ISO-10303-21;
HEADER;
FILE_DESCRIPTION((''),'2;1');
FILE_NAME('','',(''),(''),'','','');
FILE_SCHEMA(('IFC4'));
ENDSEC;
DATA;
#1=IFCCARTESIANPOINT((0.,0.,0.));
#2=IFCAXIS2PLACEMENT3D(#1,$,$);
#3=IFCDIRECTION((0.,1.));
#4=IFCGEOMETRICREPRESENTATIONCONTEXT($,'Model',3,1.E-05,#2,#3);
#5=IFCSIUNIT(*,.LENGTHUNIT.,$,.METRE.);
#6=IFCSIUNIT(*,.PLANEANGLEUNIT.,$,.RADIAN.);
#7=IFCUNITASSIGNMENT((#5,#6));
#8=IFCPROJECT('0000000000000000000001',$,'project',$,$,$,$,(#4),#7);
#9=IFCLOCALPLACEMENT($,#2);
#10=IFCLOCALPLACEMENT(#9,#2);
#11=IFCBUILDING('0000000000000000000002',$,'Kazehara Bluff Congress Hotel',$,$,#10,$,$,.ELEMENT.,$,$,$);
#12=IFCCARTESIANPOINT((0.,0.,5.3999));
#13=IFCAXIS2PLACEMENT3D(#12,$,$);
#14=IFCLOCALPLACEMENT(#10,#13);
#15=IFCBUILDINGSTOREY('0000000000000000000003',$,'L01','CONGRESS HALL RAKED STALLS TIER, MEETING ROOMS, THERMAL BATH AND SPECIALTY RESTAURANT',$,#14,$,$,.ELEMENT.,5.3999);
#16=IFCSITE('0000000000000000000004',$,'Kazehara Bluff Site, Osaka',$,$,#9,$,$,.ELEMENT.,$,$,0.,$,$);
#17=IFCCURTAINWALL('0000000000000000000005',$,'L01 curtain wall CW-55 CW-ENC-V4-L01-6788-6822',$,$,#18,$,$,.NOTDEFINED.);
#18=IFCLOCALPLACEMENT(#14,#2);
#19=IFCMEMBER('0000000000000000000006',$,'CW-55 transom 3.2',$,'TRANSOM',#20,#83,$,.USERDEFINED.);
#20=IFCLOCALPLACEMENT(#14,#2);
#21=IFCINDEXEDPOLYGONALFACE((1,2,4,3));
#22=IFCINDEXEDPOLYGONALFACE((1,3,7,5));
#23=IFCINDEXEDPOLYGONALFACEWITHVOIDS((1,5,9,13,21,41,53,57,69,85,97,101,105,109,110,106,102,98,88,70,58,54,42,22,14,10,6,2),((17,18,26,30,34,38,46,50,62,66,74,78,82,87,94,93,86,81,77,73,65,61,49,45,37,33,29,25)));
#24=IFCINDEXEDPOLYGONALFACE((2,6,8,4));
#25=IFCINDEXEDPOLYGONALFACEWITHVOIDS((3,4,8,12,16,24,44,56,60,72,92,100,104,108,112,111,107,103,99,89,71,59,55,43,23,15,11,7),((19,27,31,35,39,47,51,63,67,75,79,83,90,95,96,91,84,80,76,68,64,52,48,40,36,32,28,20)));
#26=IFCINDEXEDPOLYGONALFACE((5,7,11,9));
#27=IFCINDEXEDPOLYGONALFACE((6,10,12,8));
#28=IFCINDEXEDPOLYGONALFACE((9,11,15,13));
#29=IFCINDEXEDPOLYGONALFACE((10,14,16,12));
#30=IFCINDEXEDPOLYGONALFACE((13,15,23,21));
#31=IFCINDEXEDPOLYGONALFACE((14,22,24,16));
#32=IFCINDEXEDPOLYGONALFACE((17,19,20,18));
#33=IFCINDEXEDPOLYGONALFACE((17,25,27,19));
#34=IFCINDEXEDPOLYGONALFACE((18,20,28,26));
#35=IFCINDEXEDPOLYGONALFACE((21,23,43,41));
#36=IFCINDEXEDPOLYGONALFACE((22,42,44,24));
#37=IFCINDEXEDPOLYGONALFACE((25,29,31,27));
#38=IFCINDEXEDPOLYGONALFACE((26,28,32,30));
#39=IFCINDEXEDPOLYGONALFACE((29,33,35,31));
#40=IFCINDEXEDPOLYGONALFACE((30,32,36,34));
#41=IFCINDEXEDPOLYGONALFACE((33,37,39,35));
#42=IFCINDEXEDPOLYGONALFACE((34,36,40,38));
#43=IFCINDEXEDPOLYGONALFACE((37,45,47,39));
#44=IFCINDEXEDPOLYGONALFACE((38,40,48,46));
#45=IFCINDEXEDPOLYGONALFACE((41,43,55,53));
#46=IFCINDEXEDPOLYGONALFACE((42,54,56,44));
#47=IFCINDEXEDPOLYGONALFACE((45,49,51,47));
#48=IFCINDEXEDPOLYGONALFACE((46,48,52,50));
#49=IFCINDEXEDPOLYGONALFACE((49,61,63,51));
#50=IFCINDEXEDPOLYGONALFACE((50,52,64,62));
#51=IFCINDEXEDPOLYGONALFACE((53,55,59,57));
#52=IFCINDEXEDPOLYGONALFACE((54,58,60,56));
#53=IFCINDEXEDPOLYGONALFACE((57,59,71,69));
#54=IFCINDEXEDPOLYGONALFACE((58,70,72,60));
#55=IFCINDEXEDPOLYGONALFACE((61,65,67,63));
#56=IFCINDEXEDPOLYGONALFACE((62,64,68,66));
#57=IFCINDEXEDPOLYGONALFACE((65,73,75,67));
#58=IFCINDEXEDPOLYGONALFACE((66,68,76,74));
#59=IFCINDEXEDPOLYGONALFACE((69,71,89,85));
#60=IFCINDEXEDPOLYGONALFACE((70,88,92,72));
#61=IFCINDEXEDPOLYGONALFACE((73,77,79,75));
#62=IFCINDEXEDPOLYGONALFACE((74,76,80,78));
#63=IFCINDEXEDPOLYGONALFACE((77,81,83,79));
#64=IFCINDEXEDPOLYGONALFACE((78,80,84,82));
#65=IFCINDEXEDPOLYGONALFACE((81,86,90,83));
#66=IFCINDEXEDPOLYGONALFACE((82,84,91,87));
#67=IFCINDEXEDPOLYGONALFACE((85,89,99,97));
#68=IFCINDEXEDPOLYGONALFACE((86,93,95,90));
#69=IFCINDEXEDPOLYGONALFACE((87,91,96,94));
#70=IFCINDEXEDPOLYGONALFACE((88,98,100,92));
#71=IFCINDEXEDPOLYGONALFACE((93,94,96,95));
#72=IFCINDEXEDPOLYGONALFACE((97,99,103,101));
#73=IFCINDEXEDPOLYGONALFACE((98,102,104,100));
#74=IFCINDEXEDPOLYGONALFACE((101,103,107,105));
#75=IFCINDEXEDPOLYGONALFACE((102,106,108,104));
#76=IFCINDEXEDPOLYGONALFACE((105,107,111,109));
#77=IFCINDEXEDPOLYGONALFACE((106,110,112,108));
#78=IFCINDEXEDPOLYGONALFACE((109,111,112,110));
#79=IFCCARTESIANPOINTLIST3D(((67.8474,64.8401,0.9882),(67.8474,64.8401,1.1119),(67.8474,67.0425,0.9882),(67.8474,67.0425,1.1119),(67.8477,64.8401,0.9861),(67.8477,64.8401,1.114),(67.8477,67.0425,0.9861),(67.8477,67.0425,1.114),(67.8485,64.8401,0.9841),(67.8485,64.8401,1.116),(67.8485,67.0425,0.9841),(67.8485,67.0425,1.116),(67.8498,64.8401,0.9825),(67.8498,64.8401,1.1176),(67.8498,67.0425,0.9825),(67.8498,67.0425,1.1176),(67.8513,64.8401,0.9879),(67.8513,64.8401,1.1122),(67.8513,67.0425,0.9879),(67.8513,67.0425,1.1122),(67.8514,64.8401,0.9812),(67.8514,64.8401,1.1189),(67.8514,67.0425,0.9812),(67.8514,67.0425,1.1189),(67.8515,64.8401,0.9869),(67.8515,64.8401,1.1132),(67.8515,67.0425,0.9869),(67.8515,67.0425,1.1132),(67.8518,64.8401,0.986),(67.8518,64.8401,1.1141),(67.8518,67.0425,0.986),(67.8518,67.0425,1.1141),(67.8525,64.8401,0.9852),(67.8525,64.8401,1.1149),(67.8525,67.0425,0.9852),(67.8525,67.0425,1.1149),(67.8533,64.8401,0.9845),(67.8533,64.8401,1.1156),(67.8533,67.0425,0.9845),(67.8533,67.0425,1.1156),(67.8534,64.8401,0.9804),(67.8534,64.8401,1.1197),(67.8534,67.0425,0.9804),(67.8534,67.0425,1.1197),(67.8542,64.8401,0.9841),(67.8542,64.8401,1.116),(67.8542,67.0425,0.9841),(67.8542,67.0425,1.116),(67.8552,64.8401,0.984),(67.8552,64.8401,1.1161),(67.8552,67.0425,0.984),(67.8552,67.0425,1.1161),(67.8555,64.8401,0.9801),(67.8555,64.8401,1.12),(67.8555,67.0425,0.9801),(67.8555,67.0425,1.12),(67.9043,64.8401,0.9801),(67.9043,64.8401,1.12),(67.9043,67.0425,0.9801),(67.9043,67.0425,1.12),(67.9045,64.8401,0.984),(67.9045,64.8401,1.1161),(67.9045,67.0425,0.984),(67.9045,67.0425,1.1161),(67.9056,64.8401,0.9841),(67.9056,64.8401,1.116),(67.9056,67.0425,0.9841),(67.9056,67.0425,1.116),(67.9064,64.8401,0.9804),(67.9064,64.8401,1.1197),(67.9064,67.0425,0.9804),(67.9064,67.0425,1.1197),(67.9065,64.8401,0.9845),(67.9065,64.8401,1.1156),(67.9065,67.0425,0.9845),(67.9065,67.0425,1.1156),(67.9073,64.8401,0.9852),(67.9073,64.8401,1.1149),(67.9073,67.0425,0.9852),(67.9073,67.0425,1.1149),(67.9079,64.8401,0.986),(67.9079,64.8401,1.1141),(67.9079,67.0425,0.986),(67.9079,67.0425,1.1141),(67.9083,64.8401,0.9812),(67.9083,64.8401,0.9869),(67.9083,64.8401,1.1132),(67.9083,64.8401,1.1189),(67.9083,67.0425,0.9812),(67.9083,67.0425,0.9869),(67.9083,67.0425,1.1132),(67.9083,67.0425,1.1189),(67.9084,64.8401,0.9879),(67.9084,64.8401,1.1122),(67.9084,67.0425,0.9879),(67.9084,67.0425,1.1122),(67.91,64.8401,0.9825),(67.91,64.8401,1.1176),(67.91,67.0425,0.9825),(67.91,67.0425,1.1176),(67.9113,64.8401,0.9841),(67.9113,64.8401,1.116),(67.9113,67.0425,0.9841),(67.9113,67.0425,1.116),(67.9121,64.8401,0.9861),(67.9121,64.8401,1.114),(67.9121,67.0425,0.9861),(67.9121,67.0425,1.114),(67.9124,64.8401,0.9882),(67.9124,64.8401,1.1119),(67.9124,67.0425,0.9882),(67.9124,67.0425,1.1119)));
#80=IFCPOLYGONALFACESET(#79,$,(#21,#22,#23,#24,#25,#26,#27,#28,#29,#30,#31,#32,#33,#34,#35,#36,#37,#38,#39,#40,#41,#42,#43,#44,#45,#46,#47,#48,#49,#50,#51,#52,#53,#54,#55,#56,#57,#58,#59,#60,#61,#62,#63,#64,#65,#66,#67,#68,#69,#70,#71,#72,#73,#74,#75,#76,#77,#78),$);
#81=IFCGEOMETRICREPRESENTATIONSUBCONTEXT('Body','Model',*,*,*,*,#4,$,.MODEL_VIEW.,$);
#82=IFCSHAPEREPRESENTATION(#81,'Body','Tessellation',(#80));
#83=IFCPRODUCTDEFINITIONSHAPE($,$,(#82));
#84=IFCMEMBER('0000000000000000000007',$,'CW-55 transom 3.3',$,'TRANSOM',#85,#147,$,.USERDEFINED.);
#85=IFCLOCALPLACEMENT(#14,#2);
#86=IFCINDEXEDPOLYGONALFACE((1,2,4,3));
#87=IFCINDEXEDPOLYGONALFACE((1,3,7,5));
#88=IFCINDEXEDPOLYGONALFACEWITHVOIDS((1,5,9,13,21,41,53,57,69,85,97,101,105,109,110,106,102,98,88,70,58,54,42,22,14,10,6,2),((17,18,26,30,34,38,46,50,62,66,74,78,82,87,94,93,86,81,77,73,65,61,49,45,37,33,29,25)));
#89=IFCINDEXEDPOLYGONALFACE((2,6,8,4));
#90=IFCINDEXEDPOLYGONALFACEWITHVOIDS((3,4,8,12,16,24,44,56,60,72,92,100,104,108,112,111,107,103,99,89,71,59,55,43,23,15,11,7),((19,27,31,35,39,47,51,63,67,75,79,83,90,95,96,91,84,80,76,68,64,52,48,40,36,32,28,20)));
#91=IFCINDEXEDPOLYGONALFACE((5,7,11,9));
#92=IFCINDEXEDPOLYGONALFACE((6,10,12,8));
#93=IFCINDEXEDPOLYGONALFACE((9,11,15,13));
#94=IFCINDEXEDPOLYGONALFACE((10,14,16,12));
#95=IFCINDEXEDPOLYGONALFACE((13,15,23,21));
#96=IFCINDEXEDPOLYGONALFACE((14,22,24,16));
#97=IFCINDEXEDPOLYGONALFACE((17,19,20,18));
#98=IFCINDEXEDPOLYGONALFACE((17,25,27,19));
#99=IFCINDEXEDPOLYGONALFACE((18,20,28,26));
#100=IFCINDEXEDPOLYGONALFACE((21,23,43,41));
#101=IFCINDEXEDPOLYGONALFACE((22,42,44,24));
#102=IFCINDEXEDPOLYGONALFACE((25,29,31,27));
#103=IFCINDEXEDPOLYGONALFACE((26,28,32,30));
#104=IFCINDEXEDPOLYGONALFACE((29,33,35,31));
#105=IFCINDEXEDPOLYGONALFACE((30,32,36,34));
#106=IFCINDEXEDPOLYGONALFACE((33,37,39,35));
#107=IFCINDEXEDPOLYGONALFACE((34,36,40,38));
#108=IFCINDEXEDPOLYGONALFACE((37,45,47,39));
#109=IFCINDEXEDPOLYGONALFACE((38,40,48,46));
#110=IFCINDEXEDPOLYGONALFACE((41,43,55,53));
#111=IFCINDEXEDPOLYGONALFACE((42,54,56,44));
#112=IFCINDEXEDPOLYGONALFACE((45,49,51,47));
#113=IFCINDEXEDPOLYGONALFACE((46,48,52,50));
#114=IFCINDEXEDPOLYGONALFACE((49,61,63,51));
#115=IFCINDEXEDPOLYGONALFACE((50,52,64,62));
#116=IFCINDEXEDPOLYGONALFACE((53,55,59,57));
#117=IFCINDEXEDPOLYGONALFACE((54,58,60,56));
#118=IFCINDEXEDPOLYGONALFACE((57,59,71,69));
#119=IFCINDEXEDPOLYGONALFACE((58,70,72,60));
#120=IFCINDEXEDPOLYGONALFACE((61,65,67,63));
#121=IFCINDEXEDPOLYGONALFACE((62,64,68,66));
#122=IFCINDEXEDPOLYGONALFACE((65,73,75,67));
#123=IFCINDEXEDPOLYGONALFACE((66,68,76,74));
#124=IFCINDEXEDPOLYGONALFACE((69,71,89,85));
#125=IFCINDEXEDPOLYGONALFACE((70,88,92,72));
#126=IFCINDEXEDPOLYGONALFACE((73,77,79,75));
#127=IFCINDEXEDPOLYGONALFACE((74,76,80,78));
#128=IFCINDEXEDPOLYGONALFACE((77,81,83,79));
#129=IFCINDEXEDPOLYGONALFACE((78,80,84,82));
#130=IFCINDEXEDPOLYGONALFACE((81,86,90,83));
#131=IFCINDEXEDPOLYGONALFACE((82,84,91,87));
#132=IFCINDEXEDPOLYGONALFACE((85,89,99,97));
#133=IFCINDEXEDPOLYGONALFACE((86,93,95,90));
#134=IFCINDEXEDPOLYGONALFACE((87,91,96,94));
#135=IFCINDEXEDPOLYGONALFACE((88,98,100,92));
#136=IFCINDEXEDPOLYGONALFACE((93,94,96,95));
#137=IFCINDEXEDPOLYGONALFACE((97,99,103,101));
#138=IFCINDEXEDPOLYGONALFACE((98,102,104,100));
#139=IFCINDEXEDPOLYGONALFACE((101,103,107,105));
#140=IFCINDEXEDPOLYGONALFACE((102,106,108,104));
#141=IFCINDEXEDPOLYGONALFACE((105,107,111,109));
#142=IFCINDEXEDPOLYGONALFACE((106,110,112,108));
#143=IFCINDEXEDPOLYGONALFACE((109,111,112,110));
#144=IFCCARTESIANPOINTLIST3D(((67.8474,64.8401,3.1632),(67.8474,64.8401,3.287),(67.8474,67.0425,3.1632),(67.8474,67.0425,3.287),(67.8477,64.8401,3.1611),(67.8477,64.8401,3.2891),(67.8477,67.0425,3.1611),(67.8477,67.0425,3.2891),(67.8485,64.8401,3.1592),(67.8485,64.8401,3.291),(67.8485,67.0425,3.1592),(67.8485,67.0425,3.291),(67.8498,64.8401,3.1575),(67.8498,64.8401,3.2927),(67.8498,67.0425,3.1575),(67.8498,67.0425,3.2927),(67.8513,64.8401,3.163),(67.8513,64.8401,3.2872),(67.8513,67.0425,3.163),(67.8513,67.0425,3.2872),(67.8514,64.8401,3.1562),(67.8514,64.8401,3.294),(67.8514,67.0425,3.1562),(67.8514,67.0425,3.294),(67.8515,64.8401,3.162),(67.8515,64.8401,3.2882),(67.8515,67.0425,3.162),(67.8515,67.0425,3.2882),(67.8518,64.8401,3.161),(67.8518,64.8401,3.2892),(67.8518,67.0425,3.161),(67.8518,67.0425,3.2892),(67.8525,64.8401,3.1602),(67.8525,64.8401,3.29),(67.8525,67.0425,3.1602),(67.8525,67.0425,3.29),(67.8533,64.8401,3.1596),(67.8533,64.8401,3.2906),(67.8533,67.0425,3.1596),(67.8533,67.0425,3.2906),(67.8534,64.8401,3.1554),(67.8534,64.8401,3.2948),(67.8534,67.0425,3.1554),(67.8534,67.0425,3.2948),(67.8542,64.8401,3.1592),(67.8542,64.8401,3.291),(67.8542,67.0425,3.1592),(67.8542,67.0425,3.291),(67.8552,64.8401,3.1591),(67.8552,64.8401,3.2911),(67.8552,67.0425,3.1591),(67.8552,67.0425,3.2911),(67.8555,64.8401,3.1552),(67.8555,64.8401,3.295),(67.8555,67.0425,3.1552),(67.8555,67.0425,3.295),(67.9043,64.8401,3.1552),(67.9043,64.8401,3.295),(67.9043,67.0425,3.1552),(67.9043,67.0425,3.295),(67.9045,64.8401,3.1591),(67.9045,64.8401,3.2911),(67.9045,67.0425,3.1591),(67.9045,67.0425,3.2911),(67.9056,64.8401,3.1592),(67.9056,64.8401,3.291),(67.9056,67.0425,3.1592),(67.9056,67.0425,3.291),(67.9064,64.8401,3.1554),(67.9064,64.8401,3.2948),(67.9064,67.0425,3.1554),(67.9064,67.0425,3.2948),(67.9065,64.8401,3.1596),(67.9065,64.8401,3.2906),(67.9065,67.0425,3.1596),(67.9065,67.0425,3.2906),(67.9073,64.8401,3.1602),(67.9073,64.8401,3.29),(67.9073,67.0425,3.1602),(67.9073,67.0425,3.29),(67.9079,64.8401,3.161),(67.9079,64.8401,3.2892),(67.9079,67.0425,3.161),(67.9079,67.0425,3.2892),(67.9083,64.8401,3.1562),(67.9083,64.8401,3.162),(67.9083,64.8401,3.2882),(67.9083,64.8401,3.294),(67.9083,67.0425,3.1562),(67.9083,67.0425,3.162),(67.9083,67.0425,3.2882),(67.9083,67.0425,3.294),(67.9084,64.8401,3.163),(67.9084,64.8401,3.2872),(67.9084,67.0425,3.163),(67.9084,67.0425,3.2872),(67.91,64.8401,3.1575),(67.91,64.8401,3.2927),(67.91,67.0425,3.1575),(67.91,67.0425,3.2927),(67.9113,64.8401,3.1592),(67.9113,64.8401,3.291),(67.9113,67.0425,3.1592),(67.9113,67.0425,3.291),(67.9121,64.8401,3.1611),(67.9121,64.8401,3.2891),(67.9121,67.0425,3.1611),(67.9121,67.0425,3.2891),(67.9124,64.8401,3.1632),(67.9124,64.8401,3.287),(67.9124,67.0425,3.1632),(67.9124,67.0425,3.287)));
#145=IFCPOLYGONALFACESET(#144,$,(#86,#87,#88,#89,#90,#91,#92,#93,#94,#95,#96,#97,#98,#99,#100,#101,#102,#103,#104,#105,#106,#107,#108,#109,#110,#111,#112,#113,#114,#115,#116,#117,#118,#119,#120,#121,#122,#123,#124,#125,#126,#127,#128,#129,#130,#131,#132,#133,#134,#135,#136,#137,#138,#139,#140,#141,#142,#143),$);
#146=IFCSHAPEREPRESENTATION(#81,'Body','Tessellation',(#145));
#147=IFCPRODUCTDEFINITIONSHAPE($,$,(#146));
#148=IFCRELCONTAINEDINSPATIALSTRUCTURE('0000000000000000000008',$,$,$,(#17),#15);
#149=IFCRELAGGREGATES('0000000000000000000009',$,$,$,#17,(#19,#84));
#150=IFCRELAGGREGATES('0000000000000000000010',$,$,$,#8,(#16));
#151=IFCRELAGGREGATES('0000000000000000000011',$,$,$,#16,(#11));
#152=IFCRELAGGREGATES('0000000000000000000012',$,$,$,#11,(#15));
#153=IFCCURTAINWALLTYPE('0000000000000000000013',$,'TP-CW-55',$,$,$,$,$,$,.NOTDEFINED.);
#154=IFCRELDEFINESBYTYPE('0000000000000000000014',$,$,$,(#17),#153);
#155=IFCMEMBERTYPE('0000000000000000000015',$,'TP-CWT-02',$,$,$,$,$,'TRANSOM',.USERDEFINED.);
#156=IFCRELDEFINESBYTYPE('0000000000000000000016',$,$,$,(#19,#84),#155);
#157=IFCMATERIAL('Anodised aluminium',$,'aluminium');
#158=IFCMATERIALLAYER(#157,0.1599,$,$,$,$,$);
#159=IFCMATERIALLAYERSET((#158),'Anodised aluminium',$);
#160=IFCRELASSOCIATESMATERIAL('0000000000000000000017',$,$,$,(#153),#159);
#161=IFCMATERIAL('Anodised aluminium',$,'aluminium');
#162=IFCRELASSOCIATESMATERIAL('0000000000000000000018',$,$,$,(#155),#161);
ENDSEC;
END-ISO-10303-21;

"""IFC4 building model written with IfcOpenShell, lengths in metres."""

from ifc_helpers import new_model, si_unit, direction, frame, origin, origin_2d, place, context, subcontext, project, spatial, hollow_rectangle, extrude, material, layer, layer_set, material_profile, profile_set, type_object, element, aggregate, save


model = new_model("IFC4")

# Units and contexts
model_context = context("Model", 3, precision=1e-05, world=origin(), true_north=direction((0.0, 1.0)))
body_context = subcontext(model_context, "Body", "Model", "MODEL_VIEW")
ifc_project = project(units=[si_unit("LENGTHUNIT", "METRE"), si_unit("PLANEANGLEUNIT", "RADIAN")], contexts=[model_context])

# Site, building, storey
site_placement = place(None, origin())
site = spatial("IfcSite", under=ifc_project, at=site_placement, Name="Kazehara Bluff Site, Osaka", CompositionType="ELEMENT", RefElevation=0.0)
building_placement = place(site_placement, origin())
building = spatial("IfcBuilding", under=site, at=building_placement, Name="Kazehara Bluff Congress Hotel", CompositionType="ELEMENT")
storey_placement = place(building_placement, frame((0.0, 0.0, 5.3999)))
storey = spatial("IfcBuildingStorey", under=building, at=storey_placement, Name="L01", Description="CONGRESS HALL RAKED STALLS TIER, MEETING ROOMS, THERMAL BATH AND SPECIALTY RESTAURANT", CompositionType="ELEMENT", Elevation=5.3999)

# Curtain wall, members
ifc_material_1 = material(Name="Anodised aluminium", Category="aluminium")
ifc_layer_1 = layer(ifc_material_1, 0.1599)
ifc_layer_set_1 = layer_set([ifc_layer_1], Name="Anodised aluminium")
curtain_wall_type = type_object("IfcCurtainWallType", Name="TP-CW-55", PredefinedType="NOTDEFINED", material=ifc_layer_set_1)
curtain_wall_placement = place(storey_placement, origin())
curtain_wall = element("IfcCurtainWall", 1, at=curtain_wall_placement, inside=storey, type_object=curtain_wall_type, Name="L01 curtain wall CW-55 CW-ENC-V4-L01-6788-6822", PredefinedType="NOTDEFINED")
ifc_material_2 = material(Name="Anodised aluminium", Category="aluminium")
ifc_material_profile_1 = material_profile(ifc_material_2, hollow_rectangle(XDim=0.0649, YDim=0.1399, WallThickness=0.0039, InnerFilletRadius=0.0039, OuterFilletRadius=0.0081, at=origin_2d()))
ifc_profile_set_1 = profile_set([ifc_material_profile_1], Name="Anodised aluminium")
member_type_1 = type_object("IfcMemberType", Name="TP-CWT-02", ElementType="TRANSOM", PredefinedType="USERDEFINED", material=ifc_profile_set_1)
member_1_placement = place(storey_placement, frame((67.8799, 67.0425, 1.05), z_axis=(0.0, -1.0, 0.0), x_axis=(1.0, 0.0, 0.0)))
member_1 = element("IfcMember", 2, at=member_1_placement, type_object=member_type_1, Name="CW-55 transom 3.2", ObjectType="TRANSOM", PredefinedType="USERDEFINED", context=body_context, shape_type="SweptSolid", body=[
    extrude(hollow_rectangle(XDim=0.0649, YDim=0.1399, WallThickness=0.0039, InnerFilletRadius=0.0039, OuterFilletRadius=0.0081, at=origin_2d()), origin(), (0.0, 0.0, 1.0), 2.2024),
])
member_2_placement = place(storey_placement, frame((67.8799, 67.0425, 3.2251), z_axis=(0.0, -1.0, 0.0), x_axis=(1.0, 0.0, 0.0)))
member_2 = element("IfcMember", 3, at=member_2_placement, type_object=member_type_1, Name="CW-55 transom 3.3", ObjectType="TRANSOM", PredefinedType="USERDEFINED", context=body_context, shape_type="SweptSolid", body=[
    extrude(hollow_rectangle(XDim=0.0649, YDim=0.1399, WallThickness=0.0039, InnerFilletRadius=0.0039, OuterFilletRadius=0.0081, at=origin_2d()), origin(), (0.0, 0.0, 1.0), 2.2024),
])

aggregate(curtain_wall, [member_1, member_2])

save(model, "model.ifc")
